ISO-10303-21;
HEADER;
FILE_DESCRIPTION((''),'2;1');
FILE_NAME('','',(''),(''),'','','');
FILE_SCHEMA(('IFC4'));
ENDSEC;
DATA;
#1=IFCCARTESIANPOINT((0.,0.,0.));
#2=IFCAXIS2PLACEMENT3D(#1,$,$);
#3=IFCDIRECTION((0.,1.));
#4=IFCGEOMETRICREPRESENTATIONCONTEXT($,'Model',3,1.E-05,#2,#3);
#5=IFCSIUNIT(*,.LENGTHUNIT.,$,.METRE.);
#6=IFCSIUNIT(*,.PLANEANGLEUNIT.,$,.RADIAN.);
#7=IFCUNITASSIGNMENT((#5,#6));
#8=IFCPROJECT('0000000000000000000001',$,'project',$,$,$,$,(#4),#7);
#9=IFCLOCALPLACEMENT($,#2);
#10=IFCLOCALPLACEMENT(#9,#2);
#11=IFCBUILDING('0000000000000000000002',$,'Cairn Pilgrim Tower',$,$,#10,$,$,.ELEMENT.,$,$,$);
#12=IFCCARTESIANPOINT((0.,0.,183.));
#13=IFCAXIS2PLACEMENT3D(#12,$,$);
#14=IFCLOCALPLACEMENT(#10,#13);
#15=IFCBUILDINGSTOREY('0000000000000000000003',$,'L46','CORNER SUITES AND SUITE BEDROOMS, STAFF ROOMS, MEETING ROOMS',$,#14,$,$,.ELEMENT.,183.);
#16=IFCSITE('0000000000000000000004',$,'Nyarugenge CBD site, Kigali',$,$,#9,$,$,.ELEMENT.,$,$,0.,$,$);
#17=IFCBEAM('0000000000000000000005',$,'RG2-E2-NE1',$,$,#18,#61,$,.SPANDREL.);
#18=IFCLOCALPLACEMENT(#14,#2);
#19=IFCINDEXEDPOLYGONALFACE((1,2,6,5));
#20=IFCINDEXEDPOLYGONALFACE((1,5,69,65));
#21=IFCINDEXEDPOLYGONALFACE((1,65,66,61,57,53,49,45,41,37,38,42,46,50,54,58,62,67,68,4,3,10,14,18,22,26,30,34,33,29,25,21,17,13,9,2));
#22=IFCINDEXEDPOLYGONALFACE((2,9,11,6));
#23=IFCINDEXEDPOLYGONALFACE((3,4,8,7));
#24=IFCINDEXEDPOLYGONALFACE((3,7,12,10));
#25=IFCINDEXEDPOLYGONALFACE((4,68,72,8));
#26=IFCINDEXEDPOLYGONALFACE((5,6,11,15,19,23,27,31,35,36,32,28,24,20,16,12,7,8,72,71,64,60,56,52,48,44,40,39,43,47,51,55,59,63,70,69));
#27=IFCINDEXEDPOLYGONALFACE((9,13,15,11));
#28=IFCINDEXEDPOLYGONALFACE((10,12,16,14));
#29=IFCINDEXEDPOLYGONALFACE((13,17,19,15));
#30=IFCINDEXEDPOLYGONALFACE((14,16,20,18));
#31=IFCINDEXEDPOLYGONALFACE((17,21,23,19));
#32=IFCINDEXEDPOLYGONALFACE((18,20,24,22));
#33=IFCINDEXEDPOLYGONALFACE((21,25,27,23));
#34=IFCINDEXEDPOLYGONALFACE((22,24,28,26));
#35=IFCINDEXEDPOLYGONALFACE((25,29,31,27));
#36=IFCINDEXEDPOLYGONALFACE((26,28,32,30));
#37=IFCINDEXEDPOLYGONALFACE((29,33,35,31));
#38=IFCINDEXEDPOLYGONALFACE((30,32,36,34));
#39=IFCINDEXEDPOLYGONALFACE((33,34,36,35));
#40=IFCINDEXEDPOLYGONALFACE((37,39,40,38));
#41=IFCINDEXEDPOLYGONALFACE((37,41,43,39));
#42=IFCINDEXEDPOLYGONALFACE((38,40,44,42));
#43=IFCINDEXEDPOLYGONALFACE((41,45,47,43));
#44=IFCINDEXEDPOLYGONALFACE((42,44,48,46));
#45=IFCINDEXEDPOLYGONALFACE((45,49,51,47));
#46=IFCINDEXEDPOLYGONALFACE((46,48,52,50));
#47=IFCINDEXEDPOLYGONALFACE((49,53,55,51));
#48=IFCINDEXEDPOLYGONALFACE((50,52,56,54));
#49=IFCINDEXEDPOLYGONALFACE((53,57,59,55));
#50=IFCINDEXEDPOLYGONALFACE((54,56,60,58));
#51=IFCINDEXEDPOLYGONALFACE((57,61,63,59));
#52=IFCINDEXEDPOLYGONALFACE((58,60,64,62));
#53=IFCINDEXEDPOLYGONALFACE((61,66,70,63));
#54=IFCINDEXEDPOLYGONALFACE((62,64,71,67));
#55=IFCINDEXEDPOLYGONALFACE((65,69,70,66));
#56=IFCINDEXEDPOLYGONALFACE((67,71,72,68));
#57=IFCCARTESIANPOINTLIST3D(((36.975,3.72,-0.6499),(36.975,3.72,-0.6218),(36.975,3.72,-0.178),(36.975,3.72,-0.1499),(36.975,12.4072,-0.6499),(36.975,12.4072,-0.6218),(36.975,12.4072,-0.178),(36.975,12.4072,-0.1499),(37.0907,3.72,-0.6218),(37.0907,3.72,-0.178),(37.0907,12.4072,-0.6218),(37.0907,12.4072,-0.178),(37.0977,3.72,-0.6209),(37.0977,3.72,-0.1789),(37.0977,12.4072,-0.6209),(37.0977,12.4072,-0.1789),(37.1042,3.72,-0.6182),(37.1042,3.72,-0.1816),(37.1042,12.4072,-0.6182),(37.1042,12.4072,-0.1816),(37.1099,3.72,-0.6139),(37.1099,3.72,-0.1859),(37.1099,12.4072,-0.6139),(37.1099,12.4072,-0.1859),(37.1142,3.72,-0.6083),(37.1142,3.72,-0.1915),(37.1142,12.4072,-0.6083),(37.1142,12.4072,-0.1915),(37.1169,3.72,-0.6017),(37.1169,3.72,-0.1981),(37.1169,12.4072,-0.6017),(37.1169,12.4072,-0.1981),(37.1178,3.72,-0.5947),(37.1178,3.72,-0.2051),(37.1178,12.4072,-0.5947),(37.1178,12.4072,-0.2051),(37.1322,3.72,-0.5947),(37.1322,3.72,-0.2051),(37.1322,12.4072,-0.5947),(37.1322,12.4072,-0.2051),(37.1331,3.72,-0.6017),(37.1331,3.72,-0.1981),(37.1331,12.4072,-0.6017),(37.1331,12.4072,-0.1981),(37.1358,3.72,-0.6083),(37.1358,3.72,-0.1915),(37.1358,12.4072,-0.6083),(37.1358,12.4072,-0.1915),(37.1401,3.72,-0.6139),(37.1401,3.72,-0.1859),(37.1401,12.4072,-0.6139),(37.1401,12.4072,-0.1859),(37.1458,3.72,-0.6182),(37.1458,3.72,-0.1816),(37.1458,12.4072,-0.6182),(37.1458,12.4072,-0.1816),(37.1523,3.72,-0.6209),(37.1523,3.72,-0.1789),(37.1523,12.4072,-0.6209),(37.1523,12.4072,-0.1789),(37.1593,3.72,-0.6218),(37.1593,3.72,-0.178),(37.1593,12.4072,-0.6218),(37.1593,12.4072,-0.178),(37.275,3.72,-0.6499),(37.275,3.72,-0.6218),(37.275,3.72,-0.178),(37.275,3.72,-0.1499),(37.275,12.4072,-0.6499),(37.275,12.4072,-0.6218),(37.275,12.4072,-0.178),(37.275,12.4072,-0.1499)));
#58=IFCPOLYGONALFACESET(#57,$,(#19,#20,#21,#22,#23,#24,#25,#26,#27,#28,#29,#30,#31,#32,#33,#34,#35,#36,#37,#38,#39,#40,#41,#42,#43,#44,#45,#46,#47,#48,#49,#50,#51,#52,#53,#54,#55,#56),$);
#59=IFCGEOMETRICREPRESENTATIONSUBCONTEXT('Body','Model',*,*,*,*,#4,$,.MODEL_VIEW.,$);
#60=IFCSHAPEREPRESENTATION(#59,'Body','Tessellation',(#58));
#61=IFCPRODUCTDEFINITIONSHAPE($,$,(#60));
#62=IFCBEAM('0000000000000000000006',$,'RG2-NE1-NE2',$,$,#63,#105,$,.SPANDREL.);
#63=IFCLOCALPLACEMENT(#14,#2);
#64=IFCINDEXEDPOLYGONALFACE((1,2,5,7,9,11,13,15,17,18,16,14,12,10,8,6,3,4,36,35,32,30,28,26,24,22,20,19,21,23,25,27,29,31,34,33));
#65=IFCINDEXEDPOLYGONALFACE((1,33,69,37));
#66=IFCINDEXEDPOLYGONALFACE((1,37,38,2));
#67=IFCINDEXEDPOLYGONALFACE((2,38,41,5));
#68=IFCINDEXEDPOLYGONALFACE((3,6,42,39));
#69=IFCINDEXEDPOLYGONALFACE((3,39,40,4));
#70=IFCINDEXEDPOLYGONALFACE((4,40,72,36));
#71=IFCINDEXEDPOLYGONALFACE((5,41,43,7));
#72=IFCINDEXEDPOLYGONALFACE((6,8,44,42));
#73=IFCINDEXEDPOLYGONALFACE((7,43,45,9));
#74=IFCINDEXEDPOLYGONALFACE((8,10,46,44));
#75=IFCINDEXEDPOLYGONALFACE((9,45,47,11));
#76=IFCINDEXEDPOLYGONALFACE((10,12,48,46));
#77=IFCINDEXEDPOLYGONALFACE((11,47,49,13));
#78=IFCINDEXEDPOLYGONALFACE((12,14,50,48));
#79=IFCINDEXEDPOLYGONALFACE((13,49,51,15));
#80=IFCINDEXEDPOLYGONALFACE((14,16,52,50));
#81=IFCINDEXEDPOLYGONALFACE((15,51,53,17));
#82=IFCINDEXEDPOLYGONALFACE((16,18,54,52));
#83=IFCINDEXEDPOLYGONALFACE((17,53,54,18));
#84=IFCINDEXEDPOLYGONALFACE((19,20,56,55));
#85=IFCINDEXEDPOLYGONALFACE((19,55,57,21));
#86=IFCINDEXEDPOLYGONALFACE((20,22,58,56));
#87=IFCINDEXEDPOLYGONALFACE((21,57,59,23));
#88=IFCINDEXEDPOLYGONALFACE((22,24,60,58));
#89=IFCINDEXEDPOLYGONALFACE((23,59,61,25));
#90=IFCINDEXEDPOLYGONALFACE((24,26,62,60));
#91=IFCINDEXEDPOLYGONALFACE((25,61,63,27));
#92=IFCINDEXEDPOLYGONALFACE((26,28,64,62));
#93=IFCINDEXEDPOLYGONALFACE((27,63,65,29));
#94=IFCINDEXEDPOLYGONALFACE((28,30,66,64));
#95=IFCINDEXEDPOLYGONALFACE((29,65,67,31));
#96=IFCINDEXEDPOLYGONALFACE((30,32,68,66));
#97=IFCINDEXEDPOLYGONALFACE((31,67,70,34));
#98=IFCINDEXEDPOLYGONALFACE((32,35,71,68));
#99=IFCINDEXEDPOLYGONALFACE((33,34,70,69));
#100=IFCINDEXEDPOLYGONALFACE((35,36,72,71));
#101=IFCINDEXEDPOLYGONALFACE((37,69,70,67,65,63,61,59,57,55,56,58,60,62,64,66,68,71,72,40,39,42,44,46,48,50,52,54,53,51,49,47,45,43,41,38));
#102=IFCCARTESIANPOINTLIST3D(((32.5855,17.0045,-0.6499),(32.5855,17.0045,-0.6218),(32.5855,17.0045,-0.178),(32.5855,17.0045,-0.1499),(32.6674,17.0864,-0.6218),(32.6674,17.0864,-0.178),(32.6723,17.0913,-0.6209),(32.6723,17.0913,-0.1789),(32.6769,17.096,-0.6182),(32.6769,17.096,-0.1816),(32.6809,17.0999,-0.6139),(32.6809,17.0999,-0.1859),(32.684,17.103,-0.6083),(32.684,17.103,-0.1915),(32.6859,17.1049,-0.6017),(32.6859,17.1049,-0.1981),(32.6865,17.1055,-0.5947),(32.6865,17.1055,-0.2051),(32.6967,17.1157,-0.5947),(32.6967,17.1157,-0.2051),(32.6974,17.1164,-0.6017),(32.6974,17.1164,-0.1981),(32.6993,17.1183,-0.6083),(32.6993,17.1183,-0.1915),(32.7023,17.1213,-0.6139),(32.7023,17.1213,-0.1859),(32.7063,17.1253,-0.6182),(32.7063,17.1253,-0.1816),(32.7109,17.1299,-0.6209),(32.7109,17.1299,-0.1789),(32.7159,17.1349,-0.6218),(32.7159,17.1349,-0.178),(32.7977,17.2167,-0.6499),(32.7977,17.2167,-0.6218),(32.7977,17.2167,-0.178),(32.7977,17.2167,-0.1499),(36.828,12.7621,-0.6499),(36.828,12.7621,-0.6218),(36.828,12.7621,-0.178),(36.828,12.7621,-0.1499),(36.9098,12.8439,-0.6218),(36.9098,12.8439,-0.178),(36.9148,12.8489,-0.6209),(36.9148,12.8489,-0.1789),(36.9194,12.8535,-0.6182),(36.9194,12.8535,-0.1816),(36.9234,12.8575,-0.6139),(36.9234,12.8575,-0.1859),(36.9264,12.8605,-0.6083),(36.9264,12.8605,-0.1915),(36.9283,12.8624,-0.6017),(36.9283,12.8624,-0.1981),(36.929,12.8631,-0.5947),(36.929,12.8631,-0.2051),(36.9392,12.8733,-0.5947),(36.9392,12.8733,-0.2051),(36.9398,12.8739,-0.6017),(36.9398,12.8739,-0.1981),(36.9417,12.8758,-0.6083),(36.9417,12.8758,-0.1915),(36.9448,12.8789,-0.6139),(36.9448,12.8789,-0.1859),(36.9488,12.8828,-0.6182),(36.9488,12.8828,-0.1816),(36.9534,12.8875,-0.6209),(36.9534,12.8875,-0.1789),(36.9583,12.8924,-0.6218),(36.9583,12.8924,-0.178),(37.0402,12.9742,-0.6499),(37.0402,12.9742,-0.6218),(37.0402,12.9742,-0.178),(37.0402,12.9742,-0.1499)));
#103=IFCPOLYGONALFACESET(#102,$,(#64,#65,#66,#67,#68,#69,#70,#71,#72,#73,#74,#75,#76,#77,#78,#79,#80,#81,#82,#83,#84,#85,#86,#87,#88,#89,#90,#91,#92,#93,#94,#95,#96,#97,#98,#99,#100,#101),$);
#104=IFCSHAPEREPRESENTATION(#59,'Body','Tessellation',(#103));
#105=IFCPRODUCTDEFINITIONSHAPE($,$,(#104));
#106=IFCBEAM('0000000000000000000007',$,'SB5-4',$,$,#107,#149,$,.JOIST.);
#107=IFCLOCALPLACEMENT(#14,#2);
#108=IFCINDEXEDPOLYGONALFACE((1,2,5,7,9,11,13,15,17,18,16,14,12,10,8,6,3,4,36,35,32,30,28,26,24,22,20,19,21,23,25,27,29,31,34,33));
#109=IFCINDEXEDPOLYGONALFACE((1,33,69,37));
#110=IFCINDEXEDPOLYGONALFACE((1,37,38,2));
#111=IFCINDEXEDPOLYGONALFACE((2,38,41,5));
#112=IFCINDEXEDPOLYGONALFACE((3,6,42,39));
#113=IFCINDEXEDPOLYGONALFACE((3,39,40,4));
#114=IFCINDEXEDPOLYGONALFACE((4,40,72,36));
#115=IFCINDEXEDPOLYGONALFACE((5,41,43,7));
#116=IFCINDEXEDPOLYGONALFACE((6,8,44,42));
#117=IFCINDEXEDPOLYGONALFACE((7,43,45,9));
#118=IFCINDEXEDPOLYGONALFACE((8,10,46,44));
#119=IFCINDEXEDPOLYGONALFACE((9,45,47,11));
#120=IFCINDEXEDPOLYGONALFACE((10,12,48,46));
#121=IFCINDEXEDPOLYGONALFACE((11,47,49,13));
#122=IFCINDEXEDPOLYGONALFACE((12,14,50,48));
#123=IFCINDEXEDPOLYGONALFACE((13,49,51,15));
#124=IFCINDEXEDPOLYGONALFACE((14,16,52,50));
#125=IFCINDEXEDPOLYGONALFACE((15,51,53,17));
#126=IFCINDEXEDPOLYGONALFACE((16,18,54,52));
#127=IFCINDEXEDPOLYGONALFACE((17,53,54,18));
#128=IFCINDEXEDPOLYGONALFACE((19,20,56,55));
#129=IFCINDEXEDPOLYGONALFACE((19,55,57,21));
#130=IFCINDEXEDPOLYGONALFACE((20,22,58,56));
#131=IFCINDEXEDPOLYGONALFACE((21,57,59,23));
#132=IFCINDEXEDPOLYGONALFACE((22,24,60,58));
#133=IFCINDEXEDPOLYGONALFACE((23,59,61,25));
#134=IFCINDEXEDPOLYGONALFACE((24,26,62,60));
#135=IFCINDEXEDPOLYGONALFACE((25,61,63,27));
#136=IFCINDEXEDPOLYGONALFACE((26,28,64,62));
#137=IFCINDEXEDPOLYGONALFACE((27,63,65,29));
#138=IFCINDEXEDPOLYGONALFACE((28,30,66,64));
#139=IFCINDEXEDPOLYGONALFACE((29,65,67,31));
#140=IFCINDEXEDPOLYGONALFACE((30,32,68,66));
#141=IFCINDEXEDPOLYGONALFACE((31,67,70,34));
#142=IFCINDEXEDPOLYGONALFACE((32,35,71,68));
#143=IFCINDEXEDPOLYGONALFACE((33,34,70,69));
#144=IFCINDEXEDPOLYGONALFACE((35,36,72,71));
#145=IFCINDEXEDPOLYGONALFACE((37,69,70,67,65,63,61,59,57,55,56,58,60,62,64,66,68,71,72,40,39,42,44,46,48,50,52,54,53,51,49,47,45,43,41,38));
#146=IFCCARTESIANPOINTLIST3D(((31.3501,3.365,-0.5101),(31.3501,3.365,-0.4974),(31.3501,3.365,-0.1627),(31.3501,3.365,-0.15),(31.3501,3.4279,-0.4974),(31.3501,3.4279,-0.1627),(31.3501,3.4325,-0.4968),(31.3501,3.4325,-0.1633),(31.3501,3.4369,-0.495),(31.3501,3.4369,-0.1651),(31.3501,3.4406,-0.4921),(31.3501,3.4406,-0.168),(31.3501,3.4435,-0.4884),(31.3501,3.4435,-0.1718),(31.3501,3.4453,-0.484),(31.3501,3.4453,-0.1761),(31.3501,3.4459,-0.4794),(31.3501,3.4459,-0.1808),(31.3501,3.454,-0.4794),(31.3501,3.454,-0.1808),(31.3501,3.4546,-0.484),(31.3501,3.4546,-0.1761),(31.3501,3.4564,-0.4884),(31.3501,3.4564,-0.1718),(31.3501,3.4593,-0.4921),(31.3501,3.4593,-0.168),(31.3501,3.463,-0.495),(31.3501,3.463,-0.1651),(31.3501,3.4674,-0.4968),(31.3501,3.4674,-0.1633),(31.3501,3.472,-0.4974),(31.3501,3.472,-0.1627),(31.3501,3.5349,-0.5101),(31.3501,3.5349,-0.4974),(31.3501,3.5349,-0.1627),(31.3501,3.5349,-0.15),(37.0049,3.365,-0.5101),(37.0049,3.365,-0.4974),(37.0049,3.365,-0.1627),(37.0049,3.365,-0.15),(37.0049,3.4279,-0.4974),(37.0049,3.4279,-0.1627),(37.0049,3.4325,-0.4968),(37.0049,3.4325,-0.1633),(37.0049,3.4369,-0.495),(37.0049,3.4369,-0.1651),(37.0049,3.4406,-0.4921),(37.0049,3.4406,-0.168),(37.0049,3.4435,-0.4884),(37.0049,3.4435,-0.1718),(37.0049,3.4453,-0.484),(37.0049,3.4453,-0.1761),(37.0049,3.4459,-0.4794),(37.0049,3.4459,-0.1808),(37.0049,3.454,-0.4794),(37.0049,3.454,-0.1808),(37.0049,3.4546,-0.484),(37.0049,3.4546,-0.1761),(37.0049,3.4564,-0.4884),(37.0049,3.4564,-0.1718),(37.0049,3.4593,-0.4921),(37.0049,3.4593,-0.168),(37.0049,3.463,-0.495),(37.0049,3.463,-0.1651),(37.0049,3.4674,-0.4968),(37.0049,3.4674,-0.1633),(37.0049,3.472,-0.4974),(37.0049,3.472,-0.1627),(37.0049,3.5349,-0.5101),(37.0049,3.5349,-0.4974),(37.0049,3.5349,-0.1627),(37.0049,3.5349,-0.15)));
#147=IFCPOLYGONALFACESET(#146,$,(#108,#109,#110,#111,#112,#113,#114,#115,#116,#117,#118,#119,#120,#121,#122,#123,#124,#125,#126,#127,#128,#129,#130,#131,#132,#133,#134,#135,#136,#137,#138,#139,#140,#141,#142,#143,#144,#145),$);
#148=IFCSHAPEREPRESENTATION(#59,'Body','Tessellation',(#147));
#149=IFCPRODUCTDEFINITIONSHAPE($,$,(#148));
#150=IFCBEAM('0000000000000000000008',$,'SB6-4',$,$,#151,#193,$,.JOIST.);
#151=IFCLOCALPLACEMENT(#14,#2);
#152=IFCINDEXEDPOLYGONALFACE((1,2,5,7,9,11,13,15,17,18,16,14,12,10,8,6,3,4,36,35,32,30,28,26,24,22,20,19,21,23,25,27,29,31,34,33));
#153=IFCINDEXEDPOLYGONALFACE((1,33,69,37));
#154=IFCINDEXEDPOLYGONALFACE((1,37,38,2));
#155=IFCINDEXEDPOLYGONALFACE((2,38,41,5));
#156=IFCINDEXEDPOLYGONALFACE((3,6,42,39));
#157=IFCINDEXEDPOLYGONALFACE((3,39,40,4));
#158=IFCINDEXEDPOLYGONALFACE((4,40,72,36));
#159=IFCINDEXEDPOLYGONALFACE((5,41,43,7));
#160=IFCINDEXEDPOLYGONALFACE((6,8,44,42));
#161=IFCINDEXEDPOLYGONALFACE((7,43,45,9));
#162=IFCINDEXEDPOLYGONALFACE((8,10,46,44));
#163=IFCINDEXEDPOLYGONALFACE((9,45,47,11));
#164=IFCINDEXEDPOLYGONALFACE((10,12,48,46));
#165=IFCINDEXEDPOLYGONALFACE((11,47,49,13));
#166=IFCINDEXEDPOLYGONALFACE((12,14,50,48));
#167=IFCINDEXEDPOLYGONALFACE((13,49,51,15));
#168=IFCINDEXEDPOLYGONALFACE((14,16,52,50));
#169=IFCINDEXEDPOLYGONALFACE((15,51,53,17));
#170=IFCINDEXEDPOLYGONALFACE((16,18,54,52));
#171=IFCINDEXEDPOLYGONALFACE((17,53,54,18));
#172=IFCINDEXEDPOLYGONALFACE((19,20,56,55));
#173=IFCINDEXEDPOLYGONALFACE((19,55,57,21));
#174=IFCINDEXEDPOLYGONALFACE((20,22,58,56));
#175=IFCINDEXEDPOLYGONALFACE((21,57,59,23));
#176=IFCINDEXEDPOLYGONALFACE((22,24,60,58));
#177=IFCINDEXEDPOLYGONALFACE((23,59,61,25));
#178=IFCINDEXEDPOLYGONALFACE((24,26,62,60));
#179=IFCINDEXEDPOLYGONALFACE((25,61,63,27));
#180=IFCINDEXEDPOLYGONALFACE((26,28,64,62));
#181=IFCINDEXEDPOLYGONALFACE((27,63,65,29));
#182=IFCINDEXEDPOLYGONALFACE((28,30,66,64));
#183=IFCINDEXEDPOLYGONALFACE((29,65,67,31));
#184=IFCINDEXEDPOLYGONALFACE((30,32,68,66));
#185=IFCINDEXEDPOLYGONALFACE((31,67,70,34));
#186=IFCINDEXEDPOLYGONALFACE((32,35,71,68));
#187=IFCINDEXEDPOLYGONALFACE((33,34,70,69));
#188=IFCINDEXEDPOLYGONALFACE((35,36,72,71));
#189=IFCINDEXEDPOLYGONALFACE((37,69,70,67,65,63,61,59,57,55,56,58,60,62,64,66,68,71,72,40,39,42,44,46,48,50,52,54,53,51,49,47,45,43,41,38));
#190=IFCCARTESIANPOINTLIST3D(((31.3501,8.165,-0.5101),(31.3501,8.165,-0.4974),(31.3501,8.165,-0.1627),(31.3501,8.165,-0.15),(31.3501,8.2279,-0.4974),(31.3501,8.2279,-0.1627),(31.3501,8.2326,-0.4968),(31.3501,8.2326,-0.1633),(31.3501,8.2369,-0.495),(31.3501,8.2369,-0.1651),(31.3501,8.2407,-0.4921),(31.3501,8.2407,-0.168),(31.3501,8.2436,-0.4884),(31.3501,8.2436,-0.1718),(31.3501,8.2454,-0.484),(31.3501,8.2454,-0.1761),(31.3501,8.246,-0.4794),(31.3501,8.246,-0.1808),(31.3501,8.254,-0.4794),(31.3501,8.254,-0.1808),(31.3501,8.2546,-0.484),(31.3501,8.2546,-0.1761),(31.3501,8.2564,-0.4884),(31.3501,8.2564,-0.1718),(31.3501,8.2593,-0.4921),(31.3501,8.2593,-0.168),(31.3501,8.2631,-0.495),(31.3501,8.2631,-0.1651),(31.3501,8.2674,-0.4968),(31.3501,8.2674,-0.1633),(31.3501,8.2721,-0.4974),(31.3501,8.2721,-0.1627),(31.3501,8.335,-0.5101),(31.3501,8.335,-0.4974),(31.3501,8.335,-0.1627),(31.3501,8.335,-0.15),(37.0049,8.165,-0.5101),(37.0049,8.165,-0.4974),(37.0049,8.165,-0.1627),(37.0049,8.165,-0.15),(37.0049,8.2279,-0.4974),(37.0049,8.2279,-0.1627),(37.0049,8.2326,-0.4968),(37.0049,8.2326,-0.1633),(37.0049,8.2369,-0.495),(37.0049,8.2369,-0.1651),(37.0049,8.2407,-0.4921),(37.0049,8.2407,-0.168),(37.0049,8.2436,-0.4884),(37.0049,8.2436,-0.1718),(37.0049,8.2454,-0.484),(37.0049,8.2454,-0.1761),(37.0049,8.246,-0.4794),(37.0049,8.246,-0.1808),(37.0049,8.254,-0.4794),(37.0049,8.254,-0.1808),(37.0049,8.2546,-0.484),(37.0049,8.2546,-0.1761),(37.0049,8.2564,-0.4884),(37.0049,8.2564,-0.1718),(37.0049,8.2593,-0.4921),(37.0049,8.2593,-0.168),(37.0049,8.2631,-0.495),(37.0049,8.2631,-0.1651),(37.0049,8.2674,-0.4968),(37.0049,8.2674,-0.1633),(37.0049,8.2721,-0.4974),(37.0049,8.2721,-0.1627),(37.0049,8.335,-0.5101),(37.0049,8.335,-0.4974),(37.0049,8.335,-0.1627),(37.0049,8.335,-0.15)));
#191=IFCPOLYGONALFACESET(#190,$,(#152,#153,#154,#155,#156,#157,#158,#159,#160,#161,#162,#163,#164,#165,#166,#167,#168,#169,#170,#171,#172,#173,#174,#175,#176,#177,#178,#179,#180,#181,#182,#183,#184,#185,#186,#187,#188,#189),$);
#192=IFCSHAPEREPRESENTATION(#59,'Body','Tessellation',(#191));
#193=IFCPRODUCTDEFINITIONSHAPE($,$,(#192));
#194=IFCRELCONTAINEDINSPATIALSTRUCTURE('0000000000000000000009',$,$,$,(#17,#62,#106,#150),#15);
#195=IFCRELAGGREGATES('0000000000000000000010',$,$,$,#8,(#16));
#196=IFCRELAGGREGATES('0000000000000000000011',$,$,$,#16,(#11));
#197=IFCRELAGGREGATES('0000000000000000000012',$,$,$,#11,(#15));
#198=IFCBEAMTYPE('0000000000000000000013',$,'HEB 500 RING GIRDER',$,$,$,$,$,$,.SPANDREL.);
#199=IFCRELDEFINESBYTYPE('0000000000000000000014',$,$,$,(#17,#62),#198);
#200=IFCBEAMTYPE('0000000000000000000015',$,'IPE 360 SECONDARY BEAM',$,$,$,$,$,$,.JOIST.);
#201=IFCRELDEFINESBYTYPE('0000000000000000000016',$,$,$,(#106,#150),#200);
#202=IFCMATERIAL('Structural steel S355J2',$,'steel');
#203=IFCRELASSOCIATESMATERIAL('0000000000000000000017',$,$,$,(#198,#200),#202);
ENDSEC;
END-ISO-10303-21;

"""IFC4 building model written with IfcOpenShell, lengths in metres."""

from ifc_helpers import new_model, si_unit, direction, frame, origin, origin_2d, place, context, subcontext, project, spatial, i_section, extrude, material, material_profile, profile_set, type_object, element, save


model = new_model("IFC4")

# Units and contexts
model_context = context("Model", 3, precision=1e-05, world=origin(), true_north=direction((0.0, 1.0)))
body_context = subcontext(model_context, "Body", "Model", "MODEL_VIEW")
ifc_project = project(units=[si_unit("LENGTHUNIT", "METRE"), si_unit("PLANEANGLEUNIT", "RADIAN")], contexts=[model_context])

# Site, building, storey
site_placement = place(None, origin())
site = spatial("IfcSite", under=ifc_project, at=site_placement, Name="Nyarugenge CBD site, Kigali", CompositionType="ELEMENT", RefElevation=0.0)
building_placement = place(site_placement, origin())
building = spatial("IfcBuilding", under=site, at=building_placement, Name="Cairn Pilgrim Tower", CompositionType="ELEMENT")
storey_placement = place(building_placement, frame((0.0, 0.0, 183.0)))
storey = spatial("IfcBuildingStorey", under=building, at=storey_placement, Name="L46", Description="CORNER SUITES AND SUITE BEDROOMS, STAFF ROOMS, MEETING ROOMS", CompositionType="ELEMENT", Elevation=183.0)

# Beams
ifc_material_1 = material(Name="Structural steel S355J2", Category="steel")
ifc_material_profile_1 = material_profile(ifc_material_1, i_section(OverallWidth=0.3, OverallDepth=0.5, WebThickness=0.0144, FlangeThickness=0.0281, FilletRadius=0.0271, at=origin_2d()), Name="HEB 500")
ifc_profile_set_1 = profile_set([ifc_material_profile_1], Name="Structural steel S355J2")
beam_type_1 = type_object("IfcBeamType", Name="HEB 500 RING GIRDER", PredefinedType="SPANDREL", material=ifc_profile_set_1)
beam_1_placement = place(storey_placement, frame((37.125, 3.72, -0.3999), z_axis=(0.0, 1.0, 0.0), x_axis=(-1.0, 0.0, 0.0)))
element("IfcBeam", 1, at=beam_1_placement, inside=storey, type_object=beam_type_1, Name="RG2-E2-NE1", PredefinedType="SPANDREL", context=body_context, shape_type="SweptSolid", body=[
    extrude(i_section(OverallWidth=0.3, OverallDepth=0.5, WebThickness=0.0144, FlangeThickness=0.0281, FilletRadius=0.0271, at=origin_2d()), origin(), (0.0, 0.0, 1.0), 8.6873),
])
beam_2_placement = place(storey_placement, frame((36.9341, 12.8682, -0.3999), z_axis=(-0.707107, 0.707107, 0.0), x_axis=(-0.707107, -0.707107, 0.0)))
element("IfcBeam", 2, at=beam_2_placement, inside=storey, type_object=beam_type_1, Name="RG2-NE1-NE2", PredefinedType="SPANDREL", context=body_context, shape_type="SweptSolid", body=[
    extrude(i_section(OverallWidth=0.3, OverallDepth=0.5, WebThickness=0.0144, FlangeThickness=0.0281, FilletRadius=0.0271, at=origin_2d()), origin(), (0.0, 0.0, 1.0), 5.9998),
])
ifc_material_profile_2 = material_profile(ifc_material_1, i_section(OverallWidth=0.1699, OverallDepth=0.3601, WebThickness=0.0081, FlangeThickness=0.0127, FilletRadius=0.0181, at=origin_2d()), Name="IPE 360")
ifc_profile_set_2 = profile_set([ifc_material_profile_2], Name="Structural steel S355J2")
beam_type_2 = type_object("IfcBeamType", Name="IPE 360 SECONDARY BEAM", PredefinedType="JOIST", material=ifc_profile_set_2)
for number, where, z_axis, x_axis, name in (
    (3, (31.3501, 3.45, -0.3301), (1.0, 0.0, 0.0), (0.0, 1.0, 0.0), "SB5-4"),
    (4, (31.3501, 8.25, -0.3301), (1.0, 0.0, 0.0), (0.0, 1.0, 0.0), "SB6-4"),
):
    element("IfcBeam", number, at=place(storey_placement, frame(where, z_axis=z_axis, x_axis=x_axis)), inside=storey, type_object=beam_type_2, Name=name, PredefinedType="JOIST", context=body_context, shape_type="SweptSolid", body=[
        extrude(i_section(OverallWidth=0.1699, OverallDepth=0.3601, WebThickness=0.0081, FlangeThickness=0.0127, FilletRadius=0.0181, at=origin_2d()), origin(), (0.0, 0.0, 1.0), 5.6548),
    ])

save(model, "model.ifc")
